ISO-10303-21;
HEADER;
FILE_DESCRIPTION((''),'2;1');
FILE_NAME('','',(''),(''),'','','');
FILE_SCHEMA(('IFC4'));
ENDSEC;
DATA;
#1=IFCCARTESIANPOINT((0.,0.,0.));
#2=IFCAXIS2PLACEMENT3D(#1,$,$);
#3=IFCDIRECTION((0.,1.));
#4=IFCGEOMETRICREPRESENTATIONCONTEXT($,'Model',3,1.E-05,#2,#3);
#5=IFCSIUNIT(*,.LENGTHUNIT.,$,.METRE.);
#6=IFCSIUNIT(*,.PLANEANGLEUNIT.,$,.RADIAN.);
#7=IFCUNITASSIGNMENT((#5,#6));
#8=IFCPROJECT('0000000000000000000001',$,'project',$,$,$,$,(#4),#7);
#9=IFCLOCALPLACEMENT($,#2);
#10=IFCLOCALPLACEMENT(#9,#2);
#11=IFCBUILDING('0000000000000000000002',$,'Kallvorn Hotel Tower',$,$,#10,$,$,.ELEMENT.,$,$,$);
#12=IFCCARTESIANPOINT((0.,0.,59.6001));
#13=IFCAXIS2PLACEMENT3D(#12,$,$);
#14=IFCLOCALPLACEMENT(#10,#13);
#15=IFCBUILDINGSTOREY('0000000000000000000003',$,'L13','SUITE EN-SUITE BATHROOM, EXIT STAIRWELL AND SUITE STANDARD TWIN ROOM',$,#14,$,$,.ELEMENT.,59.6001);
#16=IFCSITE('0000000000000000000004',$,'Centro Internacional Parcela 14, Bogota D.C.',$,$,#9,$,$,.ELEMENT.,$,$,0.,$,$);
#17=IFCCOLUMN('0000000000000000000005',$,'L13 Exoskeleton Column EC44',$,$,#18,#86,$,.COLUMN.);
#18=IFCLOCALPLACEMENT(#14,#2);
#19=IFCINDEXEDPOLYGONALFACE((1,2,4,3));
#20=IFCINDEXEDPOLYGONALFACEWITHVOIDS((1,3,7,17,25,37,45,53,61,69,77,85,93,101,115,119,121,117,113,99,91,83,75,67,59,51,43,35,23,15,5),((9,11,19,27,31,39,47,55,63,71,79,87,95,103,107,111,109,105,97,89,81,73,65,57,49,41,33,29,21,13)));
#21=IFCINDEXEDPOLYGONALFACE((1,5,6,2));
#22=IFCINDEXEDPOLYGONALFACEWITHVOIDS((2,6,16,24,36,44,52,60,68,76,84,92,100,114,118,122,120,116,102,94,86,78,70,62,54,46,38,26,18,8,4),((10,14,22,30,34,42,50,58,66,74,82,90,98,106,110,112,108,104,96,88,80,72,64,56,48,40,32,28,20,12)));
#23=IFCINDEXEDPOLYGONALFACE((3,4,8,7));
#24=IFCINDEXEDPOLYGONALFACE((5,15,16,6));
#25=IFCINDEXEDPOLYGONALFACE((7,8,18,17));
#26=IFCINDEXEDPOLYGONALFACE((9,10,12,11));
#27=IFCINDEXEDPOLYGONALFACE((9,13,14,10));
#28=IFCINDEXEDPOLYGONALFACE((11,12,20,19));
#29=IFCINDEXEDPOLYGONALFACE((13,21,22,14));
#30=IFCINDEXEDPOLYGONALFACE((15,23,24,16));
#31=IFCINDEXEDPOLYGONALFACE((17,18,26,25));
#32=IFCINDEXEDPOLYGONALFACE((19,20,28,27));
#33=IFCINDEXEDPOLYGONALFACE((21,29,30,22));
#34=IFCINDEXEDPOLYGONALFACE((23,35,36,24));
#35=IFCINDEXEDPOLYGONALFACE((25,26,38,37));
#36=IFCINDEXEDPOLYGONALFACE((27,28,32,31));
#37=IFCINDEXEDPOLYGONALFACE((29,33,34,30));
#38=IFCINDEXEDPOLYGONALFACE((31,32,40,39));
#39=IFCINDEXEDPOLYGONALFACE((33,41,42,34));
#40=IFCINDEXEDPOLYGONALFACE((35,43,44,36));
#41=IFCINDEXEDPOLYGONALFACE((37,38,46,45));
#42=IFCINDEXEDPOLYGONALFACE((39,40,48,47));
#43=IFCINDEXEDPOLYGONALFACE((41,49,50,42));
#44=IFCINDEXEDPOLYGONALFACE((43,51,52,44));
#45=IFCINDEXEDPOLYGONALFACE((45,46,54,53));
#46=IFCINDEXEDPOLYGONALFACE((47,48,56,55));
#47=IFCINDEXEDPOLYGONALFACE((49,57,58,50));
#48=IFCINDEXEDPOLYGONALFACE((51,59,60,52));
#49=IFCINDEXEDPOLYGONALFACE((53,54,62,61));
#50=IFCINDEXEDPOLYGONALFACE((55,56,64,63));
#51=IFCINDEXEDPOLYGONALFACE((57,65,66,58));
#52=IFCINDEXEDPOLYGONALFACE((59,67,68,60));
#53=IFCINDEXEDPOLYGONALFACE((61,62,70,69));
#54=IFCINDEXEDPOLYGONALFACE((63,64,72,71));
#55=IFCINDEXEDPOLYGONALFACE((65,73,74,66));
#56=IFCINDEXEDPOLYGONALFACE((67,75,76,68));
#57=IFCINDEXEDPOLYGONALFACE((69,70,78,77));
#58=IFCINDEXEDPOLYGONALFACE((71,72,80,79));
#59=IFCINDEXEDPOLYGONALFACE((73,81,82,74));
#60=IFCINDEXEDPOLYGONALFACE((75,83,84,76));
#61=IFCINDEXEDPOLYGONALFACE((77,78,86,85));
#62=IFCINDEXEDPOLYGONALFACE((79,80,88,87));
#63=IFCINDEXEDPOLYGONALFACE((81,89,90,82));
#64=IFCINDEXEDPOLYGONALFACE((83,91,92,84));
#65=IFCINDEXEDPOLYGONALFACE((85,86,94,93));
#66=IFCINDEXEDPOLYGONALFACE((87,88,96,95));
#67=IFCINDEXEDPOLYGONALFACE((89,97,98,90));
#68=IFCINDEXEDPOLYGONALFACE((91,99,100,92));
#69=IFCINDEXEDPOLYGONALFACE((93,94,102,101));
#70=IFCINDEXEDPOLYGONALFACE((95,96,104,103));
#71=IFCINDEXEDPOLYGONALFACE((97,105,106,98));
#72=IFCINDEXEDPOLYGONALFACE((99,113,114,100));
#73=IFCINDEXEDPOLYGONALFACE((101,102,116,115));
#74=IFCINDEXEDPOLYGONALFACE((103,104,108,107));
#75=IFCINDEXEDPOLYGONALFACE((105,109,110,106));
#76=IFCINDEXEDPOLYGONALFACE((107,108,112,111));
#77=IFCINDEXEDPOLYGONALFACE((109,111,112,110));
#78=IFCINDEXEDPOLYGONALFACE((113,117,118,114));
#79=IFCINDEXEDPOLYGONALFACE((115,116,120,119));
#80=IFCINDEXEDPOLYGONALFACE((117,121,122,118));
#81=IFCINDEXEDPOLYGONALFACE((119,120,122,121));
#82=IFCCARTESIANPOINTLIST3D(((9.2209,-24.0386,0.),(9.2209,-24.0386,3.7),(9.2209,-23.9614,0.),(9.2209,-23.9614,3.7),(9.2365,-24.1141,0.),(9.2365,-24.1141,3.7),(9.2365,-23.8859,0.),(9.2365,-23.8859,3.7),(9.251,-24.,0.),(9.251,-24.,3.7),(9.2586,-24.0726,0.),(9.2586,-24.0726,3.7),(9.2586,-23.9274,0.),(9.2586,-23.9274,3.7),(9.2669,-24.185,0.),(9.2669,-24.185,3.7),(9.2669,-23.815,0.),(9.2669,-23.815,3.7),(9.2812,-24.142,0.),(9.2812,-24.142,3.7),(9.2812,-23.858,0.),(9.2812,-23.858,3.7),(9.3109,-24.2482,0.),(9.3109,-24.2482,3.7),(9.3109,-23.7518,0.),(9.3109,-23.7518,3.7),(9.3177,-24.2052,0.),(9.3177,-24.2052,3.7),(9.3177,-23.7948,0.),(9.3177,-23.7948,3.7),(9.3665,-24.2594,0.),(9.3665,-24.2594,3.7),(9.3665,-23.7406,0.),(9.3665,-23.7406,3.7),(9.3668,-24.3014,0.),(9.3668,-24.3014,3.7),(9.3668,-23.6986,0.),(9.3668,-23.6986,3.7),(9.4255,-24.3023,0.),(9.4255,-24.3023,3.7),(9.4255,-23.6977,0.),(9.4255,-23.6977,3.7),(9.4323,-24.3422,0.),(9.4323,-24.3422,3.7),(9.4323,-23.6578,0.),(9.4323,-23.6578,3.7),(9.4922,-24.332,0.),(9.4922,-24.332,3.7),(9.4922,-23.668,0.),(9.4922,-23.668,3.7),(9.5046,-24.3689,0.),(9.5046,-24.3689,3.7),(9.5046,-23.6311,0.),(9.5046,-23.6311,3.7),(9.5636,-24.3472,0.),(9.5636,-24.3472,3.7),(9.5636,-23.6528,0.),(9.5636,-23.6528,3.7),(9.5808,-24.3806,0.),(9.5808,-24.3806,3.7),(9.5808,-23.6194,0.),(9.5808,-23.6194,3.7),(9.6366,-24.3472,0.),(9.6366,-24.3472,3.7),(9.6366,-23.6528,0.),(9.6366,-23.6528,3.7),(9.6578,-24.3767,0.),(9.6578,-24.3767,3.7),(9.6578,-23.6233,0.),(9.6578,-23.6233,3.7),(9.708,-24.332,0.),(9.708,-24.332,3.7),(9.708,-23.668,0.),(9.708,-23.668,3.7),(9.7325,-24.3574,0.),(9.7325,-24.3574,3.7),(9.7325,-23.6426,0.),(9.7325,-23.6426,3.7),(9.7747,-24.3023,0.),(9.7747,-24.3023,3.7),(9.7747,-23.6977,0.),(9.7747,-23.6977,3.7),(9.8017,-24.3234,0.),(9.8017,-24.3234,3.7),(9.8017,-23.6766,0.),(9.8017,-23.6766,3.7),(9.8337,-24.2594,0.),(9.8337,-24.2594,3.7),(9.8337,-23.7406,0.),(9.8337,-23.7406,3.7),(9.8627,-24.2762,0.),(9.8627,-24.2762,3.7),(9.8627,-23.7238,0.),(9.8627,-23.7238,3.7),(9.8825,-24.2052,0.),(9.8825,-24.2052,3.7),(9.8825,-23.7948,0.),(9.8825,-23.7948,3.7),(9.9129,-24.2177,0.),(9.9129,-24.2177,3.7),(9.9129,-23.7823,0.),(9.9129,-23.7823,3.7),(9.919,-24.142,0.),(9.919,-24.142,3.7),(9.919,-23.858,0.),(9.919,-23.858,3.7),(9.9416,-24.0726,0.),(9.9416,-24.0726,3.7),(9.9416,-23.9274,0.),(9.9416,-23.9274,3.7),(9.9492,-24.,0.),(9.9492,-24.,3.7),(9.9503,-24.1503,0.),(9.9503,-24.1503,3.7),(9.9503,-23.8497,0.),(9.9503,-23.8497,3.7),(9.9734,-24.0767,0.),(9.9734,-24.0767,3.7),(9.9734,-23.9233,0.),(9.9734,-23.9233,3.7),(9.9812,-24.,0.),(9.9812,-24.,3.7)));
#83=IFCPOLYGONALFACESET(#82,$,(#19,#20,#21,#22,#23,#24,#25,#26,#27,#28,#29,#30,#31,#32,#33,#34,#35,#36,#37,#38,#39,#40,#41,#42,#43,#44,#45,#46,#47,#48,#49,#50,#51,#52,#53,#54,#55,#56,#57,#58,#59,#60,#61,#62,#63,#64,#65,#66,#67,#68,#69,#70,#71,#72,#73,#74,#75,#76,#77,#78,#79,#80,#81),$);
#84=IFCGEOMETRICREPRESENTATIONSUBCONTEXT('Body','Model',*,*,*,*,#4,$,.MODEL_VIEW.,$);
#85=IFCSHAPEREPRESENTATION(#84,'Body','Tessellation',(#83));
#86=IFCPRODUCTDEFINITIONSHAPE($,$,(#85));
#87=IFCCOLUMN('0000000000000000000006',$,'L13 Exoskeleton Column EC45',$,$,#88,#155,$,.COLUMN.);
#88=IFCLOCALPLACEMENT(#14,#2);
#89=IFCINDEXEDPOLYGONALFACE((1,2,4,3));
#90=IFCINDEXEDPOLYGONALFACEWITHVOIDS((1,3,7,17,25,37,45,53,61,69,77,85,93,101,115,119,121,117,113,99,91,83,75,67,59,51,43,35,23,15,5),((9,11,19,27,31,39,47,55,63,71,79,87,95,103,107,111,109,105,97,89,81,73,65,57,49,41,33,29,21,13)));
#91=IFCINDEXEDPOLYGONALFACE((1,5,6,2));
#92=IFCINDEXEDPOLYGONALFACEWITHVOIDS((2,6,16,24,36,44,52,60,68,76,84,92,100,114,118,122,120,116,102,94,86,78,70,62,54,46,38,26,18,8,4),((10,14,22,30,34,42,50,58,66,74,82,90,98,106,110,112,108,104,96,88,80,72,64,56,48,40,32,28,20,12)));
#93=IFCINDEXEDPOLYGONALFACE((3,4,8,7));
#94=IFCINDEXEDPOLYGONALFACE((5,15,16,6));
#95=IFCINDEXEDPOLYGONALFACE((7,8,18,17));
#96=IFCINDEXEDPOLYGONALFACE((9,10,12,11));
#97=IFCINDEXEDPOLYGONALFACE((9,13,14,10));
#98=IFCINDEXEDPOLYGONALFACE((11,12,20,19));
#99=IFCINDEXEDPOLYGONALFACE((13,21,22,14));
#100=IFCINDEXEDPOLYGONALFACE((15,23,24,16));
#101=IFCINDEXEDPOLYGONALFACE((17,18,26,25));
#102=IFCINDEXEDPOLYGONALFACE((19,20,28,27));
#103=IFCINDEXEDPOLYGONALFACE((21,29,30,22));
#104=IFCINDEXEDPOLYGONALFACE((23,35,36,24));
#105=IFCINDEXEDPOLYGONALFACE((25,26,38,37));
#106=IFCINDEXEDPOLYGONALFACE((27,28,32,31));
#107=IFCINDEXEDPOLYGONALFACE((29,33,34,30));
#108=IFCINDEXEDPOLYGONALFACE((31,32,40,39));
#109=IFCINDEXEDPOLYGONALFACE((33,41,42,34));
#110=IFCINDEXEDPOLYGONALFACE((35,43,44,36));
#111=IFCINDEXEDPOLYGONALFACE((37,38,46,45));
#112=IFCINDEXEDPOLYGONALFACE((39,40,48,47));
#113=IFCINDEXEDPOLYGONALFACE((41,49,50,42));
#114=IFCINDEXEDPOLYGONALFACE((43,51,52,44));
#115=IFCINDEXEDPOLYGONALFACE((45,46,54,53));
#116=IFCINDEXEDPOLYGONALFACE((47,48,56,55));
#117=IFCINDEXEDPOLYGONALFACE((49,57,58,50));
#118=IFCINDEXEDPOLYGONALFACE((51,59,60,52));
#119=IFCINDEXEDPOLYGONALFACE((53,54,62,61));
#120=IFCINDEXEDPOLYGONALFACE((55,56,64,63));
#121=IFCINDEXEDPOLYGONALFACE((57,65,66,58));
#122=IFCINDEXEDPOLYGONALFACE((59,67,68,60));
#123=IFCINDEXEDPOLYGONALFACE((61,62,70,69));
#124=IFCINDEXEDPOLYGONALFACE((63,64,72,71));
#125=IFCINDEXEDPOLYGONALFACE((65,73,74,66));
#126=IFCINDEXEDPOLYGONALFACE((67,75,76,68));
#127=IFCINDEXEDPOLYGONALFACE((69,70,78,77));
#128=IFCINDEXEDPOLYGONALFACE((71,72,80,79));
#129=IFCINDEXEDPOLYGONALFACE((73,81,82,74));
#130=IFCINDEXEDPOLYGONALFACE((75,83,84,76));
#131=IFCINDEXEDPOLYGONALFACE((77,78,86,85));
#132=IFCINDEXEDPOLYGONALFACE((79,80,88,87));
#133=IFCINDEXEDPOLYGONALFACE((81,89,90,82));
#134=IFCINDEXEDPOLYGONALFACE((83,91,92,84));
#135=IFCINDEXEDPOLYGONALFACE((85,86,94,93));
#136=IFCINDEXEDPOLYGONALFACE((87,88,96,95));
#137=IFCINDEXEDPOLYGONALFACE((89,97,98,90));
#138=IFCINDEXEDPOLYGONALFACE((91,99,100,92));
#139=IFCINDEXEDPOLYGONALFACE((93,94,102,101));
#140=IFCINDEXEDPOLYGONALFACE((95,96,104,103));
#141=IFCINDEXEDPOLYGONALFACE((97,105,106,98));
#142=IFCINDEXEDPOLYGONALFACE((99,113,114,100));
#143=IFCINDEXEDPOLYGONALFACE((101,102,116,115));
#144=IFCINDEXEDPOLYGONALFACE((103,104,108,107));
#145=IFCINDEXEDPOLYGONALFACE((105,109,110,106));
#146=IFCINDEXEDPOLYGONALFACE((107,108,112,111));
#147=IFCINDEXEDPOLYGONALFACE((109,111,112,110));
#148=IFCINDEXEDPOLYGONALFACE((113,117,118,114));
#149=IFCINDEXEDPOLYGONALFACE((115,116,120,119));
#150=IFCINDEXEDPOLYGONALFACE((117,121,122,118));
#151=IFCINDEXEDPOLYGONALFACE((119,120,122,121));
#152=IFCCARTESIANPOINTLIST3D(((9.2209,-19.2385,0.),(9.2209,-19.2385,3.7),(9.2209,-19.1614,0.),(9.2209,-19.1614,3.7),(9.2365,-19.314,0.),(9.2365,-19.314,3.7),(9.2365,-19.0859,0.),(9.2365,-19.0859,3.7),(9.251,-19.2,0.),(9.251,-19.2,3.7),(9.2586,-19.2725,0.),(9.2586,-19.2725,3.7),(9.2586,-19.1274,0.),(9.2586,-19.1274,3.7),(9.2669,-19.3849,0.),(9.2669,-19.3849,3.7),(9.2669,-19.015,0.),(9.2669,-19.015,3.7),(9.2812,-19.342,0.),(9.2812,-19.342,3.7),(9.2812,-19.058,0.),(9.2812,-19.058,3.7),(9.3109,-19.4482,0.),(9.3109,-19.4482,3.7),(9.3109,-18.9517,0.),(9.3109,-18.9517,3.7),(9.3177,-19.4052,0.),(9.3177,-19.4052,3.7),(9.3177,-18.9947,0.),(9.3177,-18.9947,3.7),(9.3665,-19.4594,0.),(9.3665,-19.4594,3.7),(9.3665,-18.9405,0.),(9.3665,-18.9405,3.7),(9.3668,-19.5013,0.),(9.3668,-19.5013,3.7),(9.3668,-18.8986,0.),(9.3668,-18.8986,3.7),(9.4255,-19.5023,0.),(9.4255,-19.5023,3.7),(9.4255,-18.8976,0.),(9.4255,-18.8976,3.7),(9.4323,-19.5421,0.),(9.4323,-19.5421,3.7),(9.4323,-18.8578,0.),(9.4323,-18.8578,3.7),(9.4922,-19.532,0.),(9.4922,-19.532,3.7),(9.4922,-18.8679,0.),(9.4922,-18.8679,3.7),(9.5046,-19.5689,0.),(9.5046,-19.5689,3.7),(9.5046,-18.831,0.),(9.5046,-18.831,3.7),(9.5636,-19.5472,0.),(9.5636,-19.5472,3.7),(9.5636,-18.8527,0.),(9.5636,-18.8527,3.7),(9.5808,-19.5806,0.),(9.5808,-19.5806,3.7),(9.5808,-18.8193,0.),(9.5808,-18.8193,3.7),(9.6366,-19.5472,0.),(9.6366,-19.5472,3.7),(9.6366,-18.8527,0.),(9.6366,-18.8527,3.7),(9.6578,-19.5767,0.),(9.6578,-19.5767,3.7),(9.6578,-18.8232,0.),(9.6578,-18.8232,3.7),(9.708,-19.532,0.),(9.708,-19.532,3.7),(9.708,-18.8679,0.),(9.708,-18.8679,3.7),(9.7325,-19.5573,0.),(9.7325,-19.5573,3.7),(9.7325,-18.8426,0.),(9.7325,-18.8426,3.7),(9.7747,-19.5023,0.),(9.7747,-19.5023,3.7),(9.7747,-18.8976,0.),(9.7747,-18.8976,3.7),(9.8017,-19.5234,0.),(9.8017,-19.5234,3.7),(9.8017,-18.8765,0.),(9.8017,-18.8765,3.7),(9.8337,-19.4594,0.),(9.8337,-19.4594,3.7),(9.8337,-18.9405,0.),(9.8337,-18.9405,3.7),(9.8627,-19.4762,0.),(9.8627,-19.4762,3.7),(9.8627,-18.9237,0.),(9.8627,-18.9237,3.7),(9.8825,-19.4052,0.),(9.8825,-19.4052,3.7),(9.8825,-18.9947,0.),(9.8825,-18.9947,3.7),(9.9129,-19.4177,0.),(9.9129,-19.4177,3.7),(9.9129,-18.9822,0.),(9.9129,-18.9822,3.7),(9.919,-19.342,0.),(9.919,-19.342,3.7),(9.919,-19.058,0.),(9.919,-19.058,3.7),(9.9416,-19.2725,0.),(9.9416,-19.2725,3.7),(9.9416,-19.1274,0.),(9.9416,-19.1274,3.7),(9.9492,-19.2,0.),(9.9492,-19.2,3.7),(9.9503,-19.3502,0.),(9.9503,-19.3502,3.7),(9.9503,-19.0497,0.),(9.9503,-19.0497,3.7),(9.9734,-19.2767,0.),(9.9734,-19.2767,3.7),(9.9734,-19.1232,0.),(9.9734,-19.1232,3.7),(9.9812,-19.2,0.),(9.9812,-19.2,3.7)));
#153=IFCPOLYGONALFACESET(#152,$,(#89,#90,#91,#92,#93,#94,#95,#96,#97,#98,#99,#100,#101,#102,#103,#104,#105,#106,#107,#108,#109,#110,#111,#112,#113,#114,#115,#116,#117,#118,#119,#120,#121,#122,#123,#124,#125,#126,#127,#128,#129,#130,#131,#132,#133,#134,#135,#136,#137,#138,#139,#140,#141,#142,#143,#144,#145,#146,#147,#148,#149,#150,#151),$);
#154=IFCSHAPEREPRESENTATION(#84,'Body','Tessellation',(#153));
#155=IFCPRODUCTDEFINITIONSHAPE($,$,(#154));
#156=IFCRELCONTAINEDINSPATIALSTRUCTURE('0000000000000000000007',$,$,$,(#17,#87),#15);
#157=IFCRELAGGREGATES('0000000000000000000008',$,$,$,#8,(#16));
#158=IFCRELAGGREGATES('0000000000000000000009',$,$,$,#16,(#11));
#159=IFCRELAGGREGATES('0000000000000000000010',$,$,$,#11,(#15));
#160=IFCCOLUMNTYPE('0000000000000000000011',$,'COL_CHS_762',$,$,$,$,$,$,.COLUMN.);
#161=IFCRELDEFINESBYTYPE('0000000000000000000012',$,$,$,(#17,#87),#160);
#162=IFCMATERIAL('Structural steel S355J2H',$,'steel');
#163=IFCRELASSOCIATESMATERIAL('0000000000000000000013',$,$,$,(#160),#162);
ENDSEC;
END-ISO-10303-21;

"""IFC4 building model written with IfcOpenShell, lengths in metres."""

from ifc_helpers import new_model, si_unit, direction, frame, origin, origin_2d, place, context, subcontext, project, spatial, hollow_circle, extrude, material, material_profile, profile_set, type_object, element, save


model = new_model("IFC4")

# Units and contexts
model_context = context("Model", 3, precision=1e-05, world=origin(), true_north=direction((0.0, 1.0)))
body_context = subcontext(model_context, "Body", "Model", "MODEL_VIEW")
ifc_project = project(units=[si_unit("LENGTHUNIT", "METRE"), si_unit("PLANEANGLEUNIT", "RADIAN")], contexts=[model_context])

# Site, building, storey
site_placement = place(None, origin())
site = spatial("IfcSite", under=ifc_project, at=site_placement, Name="Centro Internacional Parcela 14, Bogota D.C.", CompositionType="ELEMENT", RefElevation=0.0)
building_placement = place(site_placement, origin())
building = spatial("IfcBuilding", under=site, at=building_placement, Name="Kallvorn Hotel Tower", CompositionType="ELEMENT")
storey_placement = place(building_placement, frame((0.0, 0.0, 59.6001)))
storey = spatial("IfcBuildingStorey", under=building, at=storey_placement, Name="L13", Description="SUITE EN-SUITE BATHROOM, EXIT STAIRWELL AND SUITE STANDARD TWIN ROOM", CompositionType="ELEMENT", Elevation=59.6001)

# Columns
ifc_material_1 = material(Name="Structural steel S355J2H", Category="steel")
ifc_material_profile_1 = material_profile(ifc_material_1, hollow_circle(Radius=0.3811, WallThickness=0.032, at=origin_2d()), Name="CHS 762x32")
ifc_profile_set_1 = profile_set([ifc_material_profile_1], Name="Structural steel S355J2H")
column_type_1 = type_object("IfcColumnType", Name="COL_CHS_762", PredefinedType="COLUMN", material=ifc_profile_set_1)
for number, where, z_axis, x_axis, name in (
    (1, (9.6001, -24.0, 0.0), (0.0, 0.0, 1.0), (1.0, 0.0, 0.0), "L13 Exoskeleton Column EC44"),
    (2, (9.6001, -19.2, 0.0), (0.0, 0.0, 1.0), (1.0, 0.0, 0.0), "L13 Exoskeleton Column EC45"),
):
    element("IfcColumn", number, at=place(storey_placement, frame(where, z_axis=z_axis, x_axis=x_axis)), inside=storey, type_object=column_type_1, Name=name, PredefinedType="COLUMN", context=body_context, shape_type="SweptSolid", body=[
        extrude(hollow_circle(Radius=0.3811, WallThickness=0.032, at=origin_2d()), origin(), (0.0, 0.0, 1.0), 3.7),
    ])

save(model, "model.ifc")
